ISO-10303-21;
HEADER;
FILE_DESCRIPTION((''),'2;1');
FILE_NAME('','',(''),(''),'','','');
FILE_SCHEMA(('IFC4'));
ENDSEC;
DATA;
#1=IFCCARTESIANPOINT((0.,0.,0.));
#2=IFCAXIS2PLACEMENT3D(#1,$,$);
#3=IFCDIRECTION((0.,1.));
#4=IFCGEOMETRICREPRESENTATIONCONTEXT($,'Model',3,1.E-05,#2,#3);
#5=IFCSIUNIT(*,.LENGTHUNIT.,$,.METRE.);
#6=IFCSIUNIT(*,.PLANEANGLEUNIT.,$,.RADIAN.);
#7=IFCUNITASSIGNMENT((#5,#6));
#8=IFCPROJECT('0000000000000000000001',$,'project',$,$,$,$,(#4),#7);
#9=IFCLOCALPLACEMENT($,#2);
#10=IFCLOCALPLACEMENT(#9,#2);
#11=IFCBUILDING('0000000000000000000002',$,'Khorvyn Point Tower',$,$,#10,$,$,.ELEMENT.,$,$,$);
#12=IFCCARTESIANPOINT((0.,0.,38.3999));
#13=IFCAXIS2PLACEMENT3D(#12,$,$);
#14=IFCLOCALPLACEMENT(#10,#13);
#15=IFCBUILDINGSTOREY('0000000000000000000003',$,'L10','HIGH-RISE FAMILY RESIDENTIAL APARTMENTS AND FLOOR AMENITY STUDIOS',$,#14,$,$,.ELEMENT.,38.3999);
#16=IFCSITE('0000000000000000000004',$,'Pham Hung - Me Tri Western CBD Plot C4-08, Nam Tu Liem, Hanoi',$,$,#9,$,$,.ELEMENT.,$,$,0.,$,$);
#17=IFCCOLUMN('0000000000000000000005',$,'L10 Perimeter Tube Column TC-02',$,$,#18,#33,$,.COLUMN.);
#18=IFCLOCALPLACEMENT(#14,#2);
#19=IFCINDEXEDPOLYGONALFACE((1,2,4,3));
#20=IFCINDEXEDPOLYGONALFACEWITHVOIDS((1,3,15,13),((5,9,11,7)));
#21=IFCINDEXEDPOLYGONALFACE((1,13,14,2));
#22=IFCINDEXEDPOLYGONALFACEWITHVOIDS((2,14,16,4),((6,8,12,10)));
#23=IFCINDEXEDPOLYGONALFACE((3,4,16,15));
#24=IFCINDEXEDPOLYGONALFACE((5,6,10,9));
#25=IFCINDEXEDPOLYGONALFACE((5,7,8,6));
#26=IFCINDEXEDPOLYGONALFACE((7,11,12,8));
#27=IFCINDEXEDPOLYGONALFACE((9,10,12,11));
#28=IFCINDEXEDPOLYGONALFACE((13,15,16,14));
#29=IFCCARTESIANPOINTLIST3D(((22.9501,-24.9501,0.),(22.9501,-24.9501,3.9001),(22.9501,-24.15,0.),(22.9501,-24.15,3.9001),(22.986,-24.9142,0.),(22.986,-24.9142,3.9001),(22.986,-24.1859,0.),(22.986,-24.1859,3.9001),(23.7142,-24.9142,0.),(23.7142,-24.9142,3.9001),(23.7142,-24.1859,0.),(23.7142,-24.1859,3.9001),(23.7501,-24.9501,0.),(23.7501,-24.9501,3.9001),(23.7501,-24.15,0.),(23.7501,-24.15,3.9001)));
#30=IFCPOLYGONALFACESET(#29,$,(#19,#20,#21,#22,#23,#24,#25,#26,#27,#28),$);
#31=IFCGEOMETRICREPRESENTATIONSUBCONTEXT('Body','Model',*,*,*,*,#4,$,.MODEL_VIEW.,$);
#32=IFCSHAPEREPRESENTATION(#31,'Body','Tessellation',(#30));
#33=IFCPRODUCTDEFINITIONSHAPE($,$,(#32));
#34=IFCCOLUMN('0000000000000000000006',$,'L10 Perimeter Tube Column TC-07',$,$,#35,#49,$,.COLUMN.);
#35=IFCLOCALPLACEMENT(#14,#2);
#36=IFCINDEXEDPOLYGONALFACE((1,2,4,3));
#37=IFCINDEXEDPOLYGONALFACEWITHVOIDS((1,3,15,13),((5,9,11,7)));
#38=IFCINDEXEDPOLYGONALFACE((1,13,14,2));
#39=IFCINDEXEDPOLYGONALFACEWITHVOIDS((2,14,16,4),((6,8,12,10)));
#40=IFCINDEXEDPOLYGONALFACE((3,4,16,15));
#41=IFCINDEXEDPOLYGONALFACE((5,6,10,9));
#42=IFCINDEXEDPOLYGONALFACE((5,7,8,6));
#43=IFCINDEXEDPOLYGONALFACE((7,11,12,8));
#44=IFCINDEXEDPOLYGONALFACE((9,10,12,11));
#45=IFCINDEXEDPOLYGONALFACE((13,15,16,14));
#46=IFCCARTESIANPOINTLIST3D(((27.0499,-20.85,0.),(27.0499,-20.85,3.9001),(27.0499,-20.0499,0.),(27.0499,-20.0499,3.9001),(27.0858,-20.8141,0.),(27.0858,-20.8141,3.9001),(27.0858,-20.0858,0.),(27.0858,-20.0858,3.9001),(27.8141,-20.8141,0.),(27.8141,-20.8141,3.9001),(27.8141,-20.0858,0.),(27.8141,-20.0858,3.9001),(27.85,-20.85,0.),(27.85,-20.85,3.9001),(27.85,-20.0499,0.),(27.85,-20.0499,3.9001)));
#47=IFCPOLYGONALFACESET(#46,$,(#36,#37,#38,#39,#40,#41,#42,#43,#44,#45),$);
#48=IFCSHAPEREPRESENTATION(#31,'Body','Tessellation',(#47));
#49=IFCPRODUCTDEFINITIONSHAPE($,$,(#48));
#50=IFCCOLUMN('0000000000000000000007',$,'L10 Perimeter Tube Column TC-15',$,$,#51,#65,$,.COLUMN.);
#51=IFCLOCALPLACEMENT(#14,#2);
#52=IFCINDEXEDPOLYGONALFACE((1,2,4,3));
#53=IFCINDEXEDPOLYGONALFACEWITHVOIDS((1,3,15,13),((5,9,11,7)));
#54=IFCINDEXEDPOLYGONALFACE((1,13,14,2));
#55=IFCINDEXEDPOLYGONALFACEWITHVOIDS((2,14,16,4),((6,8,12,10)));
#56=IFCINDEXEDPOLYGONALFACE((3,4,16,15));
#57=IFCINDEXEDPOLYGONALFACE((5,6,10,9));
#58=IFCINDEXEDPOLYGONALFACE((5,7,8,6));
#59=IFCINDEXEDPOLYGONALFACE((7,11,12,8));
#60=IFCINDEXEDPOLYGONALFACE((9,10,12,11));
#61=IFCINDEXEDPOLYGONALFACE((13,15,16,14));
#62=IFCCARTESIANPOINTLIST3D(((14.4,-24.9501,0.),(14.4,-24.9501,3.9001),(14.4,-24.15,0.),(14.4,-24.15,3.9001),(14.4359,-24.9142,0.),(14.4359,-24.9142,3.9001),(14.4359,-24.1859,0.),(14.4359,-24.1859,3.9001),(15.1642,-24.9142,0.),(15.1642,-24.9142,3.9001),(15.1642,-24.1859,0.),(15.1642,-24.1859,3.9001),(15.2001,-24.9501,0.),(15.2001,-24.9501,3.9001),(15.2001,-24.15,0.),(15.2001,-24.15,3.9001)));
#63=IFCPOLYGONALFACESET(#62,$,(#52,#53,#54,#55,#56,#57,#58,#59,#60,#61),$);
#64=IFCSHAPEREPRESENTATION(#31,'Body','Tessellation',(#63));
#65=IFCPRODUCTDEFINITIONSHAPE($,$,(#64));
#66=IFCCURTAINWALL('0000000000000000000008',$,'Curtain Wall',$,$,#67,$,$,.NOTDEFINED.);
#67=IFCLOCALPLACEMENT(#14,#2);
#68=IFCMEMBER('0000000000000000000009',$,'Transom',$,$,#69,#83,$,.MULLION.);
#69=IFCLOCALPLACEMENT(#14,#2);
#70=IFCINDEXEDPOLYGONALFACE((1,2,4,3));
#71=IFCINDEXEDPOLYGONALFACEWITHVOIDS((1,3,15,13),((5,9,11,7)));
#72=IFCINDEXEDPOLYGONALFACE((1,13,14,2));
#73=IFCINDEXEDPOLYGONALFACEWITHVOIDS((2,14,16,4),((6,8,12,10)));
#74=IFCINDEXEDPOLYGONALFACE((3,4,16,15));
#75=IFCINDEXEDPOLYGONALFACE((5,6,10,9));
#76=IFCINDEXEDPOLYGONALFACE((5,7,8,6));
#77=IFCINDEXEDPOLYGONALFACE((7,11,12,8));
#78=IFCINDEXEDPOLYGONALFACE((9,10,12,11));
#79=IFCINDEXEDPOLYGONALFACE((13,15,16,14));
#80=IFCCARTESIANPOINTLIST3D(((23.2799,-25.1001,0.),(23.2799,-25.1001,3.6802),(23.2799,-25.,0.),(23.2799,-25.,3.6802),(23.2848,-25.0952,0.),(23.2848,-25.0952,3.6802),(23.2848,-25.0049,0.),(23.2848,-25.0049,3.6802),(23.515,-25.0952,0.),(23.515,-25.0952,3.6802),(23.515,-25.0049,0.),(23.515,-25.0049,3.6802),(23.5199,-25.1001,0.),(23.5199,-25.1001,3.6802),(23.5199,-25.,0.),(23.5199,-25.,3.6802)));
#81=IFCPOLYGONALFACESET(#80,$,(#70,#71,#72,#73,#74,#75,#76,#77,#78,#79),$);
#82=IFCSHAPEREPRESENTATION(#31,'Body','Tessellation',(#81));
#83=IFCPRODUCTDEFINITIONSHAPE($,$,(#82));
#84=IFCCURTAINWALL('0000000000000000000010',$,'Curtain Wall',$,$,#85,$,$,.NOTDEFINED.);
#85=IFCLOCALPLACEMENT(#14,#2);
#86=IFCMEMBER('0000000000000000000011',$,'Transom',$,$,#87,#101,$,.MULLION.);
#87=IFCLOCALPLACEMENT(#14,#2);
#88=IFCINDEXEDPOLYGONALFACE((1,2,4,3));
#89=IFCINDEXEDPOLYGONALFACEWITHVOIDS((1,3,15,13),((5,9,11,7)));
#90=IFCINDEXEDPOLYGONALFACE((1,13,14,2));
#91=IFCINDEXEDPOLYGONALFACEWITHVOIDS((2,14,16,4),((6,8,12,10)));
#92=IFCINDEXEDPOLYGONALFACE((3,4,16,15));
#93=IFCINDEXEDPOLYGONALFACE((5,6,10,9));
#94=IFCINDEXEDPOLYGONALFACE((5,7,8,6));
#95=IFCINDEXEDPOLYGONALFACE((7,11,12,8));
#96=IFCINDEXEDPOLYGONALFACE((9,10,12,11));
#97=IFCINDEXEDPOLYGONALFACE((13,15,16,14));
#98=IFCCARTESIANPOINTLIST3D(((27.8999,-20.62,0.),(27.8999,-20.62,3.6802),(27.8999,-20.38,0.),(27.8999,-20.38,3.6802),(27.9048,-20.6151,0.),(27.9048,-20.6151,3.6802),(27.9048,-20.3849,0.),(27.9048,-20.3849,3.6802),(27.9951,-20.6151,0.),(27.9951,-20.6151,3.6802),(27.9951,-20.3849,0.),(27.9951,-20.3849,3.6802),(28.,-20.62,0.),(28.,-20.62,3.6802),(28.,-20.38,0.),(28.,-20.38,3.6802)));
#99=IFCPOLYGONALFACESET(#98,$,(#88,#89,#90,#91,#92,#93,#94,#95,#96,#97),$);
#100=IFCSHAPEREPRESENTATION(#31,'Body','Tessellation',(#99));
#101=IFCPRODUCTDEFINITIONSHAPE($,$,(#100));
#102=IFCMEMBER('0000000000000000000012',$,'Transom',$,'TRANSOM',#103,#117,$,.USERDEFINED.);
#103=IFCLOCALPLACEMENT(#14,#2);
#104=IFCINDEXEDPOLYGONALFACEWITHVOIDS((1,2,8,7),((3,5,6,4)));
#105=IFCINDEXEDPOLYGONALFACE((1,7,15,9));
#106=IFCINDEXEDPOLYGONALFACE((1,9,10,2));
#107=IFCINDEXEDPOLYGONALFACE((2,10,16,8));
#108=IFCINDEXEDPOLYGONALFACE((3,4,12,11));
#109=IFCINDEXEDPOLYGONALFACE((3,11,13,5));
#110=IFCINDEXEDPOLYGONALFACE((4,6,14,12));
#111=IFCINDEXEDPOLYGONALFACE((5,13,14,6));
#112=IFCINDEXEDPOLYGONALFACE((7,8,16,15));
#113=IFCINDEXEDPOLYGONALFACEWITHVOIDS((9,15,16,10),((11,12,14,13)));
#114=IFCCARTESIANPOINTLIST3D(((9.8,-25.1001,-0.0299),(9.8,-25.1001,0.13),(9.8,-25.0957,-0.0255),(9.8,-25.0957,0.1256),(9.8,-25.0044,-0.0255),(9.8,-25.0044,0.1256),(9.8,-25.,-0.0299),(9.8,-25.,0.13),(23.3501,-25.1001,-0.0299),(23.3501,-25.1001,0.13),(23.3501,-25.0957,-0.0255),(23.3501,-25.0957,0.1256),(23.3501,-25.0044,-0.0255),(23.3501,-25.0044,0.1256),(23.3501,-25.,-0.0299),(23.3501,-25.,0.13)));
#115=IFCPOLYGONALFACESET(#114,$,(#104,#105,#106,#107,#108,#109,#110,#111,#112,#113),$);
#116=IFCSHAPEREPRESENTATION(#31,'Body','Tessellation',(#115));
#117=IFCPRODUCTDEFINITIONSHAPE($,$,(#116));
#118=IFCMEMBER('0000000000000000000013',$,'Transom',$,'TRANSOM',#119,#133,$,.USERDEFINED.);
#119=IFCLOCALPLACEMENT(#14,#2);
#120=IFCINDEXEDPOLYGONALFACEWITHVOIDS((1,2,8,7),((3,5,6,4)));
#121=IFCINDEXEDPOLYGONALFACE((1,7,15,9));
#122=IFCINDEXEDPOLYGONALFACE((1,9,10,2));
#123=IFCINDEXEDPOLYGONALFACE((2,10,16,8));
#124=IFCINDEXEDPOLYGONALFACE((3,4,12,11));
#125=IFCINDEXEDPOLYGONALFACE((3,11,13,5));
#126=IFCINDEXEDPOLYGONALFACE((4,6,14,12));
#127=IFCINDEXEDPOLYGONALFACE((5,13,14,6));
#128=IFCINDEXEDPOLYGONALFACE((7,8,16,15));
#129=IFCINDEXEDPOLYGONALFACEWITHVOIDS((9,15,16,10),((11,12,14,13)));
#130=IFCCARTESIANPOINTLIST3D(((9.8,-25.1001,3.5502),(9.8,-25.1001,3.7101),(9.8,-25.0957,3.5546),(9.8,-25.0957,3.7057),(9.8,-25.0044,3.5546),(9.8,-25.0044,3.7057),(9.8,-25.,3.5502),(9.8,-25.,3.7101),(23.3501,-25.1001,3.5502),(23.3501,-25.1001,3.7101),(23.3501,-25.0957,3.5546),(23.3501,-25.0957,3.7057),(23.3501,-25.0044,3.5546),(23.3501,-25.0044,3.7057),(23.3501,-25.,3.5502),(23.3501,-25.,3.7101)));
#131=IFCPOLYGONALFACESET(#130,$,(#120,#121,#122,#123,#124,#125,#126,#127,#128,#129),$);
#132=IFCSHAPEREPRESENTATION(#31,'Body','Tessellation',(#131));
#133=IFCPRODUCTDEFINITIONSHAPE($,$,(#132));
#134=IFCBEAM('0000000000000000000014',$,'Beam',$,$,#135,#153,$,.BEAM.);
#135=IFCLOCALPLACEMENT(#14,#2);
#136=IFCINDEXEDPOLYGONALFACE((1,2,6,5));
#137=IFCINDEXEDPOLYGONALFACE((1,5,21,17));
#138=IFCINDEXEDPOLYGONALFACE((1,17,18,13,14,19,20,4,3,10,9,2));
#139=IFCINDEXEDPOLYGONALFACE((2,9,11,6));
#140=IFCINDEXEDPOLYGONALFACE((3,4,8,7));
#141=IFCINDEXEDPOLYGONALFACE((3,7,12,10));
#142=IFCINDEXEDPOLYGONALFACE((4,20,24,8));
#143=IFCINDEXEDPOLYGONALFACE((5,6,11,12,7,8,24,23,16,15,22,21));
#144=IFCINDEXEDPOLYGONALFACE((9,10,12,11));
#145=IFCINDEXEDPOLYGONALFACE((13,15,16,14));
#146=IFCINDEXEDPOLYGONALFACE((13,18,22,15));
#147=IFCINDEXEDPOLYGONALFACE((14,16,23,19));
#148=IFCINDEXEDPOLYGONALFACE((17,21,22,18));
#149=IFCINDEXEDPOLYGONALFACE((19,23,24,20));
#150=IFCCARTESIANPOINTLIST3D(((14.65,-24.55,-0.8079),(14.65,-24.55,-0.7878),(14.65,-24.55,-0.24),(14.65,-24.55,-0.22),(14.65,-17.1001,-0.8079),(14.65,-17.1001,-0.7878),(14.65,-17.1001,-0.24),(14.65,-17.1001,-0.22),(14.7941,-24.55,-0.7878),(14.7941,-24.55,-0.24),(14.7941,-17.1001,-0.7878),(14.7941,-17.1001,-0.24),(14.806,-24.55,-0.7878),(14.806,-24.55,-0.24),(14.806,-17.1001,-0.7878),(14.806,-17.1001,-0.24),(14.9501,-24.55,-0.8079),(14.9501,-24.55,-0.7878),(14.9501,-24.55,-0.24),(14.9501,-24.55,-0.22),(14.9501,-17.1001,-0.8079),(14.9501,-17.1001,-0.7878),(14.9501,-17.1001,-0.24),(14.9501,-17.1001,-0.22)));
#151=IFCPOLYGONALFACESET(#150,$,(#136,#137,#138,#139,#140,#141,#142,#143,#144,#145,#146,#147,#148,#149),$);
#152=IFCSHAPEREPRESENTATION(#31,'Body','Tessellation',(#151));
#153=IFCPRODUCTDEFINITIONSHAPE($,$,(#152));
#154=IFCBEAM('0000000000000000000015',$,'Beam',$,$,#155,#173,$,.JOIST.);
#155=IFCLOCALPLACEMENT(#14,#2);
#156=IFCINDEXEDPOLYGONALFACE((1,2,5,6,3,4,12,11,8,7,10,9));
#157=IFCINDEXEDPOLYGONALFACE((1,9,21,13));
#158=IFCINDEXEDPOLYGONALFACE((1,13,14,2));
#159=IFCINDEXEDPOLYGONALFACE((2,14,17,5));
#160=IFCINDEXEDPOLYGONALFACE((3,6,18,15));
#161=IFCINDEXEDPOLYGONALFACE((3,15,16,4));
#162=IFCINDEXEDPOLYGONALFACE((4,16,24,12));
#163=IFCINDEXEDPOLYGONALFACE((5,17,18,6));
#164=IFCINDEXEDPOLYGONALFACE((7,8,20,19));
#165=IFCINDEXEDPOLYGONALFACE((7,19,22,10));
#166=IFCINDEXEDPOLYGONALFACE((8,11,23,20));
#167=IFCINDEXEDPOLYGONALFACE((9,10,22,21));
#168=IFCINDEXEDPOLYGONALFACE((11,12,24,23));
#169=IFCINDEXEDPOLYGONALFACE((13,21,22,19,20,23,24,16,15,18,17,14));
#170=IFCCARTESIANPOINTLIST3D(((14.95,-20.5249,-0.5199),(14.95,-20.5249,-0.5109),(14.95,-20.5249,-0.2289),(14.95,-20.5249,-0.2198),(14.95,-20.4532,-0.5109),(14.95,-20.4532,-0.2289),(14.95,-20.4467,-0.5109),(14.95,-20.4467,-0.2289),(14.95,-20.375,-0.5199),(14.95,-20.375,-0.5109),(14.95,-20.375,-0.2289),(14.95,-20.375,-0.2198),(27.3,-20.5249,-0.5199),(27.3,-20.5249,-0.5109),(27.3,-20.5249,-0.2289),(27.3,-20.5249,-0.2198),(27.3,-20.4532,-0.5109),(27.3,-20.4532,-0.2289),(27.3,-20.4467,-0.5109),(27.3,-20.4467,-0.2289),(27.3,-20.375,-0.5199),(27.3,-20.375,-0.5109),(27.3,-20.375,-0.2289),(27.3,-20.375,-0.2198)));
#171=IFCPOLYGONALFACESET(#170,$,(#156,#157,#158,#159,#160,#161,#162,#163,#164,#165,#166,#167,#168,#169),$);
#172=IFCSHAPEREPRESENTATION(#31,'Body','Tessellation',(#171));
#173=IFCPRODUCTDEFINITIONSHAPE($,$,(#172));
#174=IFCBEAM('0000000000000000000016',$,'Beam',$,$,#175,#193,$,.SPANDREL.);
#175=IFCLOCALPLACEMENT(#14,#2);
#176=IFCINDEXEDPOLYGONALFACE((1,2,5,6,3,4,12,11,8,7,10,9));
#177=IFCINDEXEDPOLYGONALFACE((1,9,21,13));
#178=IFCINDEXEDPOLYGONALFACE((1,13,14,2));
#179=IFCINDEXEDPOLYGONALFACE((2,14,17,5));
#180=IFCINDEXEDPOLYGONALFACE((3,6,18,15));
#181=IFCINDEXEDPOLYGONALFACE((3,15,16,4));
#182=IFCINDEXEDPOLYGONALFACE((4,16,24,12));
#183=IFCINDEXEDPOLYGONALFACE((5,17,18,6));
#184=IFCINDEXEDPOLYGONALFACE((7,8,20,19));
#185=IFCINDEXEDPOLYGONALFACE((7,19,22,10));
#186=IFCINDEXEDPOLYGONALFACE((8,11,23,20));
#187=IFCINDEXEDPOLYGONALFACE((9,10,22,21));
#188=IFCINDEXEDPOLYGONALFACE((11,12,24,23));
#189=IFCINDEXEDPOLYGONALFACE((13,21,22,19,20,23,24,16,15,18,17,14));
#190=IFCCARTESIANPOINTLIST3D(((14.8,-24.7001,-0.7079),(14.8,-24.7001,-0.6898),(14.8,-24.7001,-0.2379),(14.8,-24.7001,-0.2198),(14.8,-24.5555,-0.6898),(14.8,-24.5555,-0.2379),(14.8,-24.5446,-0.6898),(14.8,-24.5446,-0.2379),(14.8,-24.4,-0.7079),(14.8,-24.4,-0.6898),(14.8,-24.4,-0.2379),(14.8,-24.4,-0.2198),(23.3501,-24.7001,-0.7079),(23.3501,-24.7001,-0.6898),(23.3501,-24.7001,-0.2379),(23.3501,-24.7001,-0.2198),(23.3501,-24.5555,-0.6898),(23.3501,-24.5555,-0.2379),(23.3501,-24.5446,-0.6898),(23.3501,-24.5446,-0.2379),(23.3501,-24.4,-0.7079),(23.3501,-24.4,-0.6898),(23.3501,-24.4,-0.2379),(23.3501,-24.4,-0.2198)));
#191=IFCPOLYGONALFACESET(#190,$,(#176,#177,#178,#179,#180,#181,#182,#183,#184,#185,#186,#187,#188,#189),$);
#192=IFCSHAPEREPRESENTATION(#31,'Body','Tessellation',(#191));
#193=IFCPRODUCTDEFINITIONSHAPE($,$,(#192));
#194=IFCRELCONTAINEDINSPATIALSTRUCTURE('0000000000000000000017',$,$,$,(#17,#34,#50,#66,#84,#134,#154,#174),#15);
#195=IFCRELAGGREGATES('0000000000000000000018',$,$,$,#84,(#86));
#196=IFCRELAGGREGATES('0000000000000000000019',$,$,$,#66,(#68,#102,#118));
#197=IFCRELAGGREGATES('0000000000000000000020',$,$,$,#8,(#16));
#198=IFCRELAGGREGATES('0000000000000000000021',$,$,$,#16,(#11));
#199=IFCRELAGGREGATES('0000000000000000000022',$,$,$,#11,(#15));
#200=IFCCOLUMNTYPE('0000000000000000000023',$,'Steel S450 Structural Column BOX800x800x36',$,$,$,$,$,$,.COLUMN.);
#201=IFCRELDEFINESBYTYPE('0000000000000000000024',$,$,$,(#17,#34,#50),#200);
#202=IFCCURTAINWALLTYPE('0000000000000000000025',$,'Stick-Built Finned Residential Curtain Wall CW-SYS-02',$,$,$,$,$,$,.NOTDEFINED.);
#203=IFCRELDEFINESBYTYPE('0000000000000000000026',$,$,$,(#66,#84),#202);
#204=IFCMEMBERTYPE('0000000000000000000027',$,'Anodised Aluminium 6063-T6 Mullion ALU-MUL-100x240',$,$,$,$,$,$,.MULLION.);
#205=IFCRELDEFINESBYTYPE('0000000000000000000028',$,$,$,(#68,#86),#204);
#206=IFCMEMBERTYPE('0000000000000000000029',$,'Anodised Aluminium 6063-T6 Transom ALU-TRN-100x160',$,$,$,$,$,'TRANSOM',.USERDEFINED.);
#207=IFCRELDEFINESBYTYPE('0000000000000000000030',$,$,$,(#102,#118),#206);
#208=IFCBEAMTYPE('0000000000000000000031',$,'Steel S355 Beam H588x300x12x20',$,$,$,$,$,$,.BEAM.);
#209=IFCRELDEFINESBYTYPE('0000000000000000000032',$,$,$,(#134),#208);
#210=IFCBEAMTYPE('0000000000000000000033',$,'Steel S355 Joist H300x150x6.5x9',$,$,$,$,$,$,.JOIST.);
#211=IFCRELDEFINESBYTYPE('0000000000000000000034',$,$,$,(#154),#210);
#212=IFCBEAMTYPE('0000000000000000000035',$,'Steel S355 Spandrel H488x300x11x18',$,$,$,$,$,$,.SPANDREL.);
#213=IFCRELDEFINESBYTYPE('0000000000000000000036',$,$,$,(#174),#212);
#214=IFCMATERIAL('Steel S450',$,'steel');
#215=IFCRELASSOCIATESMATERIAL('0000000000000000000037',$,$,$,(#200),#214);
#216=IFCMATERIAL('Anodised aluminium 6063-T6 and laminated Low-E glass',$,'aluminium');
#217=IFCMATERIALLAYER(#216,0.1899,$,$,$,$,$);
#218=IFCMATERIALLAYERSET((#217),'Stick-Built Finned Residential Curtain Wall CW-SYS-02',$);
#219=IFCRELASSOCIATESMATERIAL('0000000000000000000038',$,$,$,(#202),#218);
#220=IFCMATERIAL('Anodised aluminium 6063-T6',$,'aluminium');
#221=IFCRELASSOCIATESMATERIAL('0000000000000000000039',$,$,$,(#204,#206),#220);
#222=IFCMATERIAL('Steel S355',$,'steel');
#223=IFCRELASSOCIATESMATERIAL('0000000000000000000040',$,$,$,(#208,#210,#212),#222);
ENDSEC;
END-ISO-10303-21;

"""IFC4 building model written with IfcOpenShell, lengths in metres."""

from ifc_helpers import new_model, si_unit, direction, frame, origin, origin_2d, place, context, subcontext, project, spatial, hollow_rectangle, i_section, extrude, material, layer, layer_set, material_profile, profile_set, type_object, element, aggregate, save


model = new_model("IFC4")

# Units and contexts
model_context = context("Model", 3, precision=1e-05, world=origin(), true_north=direction((0.0, 1.0)))
body_context = subcontext(model_context, "Body", "Model", "MODEL_VIEW")
ifc_project = project(units=[si_unit("LENGTHUNIT", "METRE"), si_unit("PLANEANGLEUNIT", "RADIAN")], contexts=[model_context])

# Site, building, storey
site_placement = place(None, origin())
site = spatial("IfcSite", under=ifc_project, at=site_placement, Name="Pham Hung - Me Tri Western CBD Plot C4-08, Nam Tu Liem, Hanoi", CompositionType="ELEMENT", RefElevation=0.0)
building_placement = place(site_placement, origin())
building = spatial("IfcBuilding", under=site, at=building_placement, Name="Khorvyn Point Tower", CompositionType="ELEMENT")
storey_placement = place(building_placement, frame((0.0, 0.0, 38.3999)))
storey = spatial("IfcBuildingStorey", under=building, at=storey_placement, Name="L10", Description="HIGH-RISE FAMILY RESIDENTIAL APARTMENTS AND FLOOR AMENITY STUDIOS", CompositionType="ELEMENT", Elevation=38.3999)

# Columns
ifc_material_1 = material(Name="Steel S450", Category="steel")
ifc_material_profile_1 = material_profile(ifc_material_1, hollow_rectangle(XDim=0.8, YDim=0.8, WallThickness=0.0359, at=origin_2d()))
ifc_profile_set_1 = profile_set([ifc_material_profile_1], Name="Steel S450 BOX800x800x36")
column_type = type_object("IfcColumnType", Name="Steel S450 Structural Column BOX800x800x36", PredefinedType="COLUMN", material=ifc_profile_set_1)
for number, where, z_axis, x_axis, name in (
    (1, (23.3501, -24.55, 0.0), (0.0, 0.0, 1.0), (1.0, 0.0, 0.0), "L10 Perimeter Tube Column TC-02"),
    (2, (27.45, -20.45, 0.0), (0.0, 0.0, 1.0), (1.0, 0.0, 0.0), "L10 Perimeter Tube Column TC-07"),
    (3, (14.8, -24.55, 0.0), (0.0, 0.0, 1.0), (1.0, 0.0, 0.0), "L10 Perimeter Tube Column TC-15"),
):
    element("IfcColumn", number, at=place(storey_placement, frame(where, z_axis=z_axis, x_axis=x_axis)), inside=storey, type_object=column_type, Name=name, PredefinedType="COLUMN", context=body_context, shape_type="SweptSolid", body=[
        extrude(hollow_rectangle(XDim=0.8, YDim=0.8, WallThickness=0.0359, at=origin_2d()), origin(), (0.0, 0.0, 1.0), 3.9001),
    ])

# Curtain walls, members
ifc_material_2 = material(Name="Anodised aluminium 6063-T6 and laminated Low-E glass", Category="aluminium")
ifc_layer_1 = layer(ifc_material_2, 0.1899)
ifc_layer_set_1 = layer_set([ifc_layer_1], Name="Stick-Built Finned Residential Curtain Wall CW-SYS-02")
curtain_wall_type = type_object("IfcCurtainWallType", Name="Stick-Built Finned Residential Curtain Wall CW-SYS-02", PredefinedType="NOTDEFINED", material=ifc_layer_set_1)
curtain_wall_1_placement = place(storey_placement, origin())
curtain_wall_1 = element("IfcCurtainWall", 4, at=curtain_wall_1_placement, inside=storey, type_object=curtain_wall_type, Name="Curtain Wall", PredefinedType="NOTDEFINED")
ifc_material_3 = material(Name="Anodised aluminium 6063-T6", Category="aluminium")
ifc_material_profile_2 = material_profile(ifc_material_3, hollow_rectangle(XDim=0.1001, YDim=0.24, WallThickness=0.0049, at=origin_2d()))
ifc_profile_set_2 = profile_set([ifc_material_profile_2], Name="Anodised aluminium 6063-T6 ALU-MUL-100x240")
member_type_1 = type_object("IfcMemberType", Name="Anodised Aluminium 6063-T6 Mullion ALU-MUL-100x240", PredefinedType="MULLION", material=ifc_profile_set_2)
member_1_placement = place(storey_placement, frame((23.3999, -25.05, 0.0), z_axis=(0.0, 0.0, 1.0), x_axis=(0.0, -1.0, 0.0)))
member_1 = element("IfcMember", 5, at=member_1_placement, type_object=member_type_1, Name="Transom", PredefinedType="MULLION", context=body_context, shape_type="SweptSolid", body=[
    extrude(hollow_rectangle(XDim=0.1001, YDim=0.24, WallThickness=0.0049, at=origin_2d()), origin(), (0.0, 0.0, 1.0), 3.6802),
])
curtain_wall_2_placement = place(storey_placement, origin())
curtain_wall_2 = element("IfcCurtainWall", 6, at=curtain_wall_2_placement, inside=storey, type_object=curtain_wall_type, Name="Curtain Wall", PredefinedType="NOTDEFINED")
member_2_placement = place(storey_placement, frame((27.95, -20.5, 0.0), z_axis=(0.0, 0.0, 1.0), x_axis=(1.0, 0.0, 0.0)))
member_2 = element("IfcMember", 7, at=member_2_placement, type_object=member_type_1, Name="Transom", PredefinedType="MULLION", context=body_context, shape_type="SweptSolid", body=[
    extrude(hollow_rectangle(XDim=0.1001, YDim=0.24, WallThickness=0.0049, at=origin_2d()), origin(), (0.0, 0.0, 1.0), 3.6802),
])
aggregate(curtain_wall_2, [member_2])

# Members
ifc_material_profile_3 = material_profile(ifc_material_3, hollow_rectangle(XDim=0.1001, YDim=0.1599, WallThickness=0.0044, at=origin_2d()))
ifc_profile_set_3 = profile_set([ifc_material_profile_3], Name="Anodised aluminium 6063-T6 ALU-TRN-100x160")
member_type_2 = type_object("IfcMemberType", Name="Anodised Aluminium 6063-T6 Transom ALU-TRN-100x160", ElementType="TRANSOM", PredefinedType="USERDEFINED", material=ifc_profile_set_3)
member_3_placement = place(storey_placement, frame((23.3501, -25.05, 0.05), z_axis=(-1.0, 0.0, 0.0), x_axis=(0.0, -1.0, 0.0)))
member_3 = element("IfcMember", 8, at=member_3_placement, type_object=member_type_2, Name="Transom", ObjectType="TRANSOM", PredefinedType="USERDEFINED", context=body_context, shape_type="SweptSolid", body=[
    extrude(hollow_rectangle(XDim=0.1001, YDim=0.1599, WallThickness=0.0044, at=origin_2d()), origin(), (0.0, 0.0, 1.0), 13.55),
])
member_4_placement = place(storey_placement, frame((23.3501, -25.05, 3.6301), z_axis=(-1.0, 0.0, 0.0), x_axis=(0.0, -1.0, 0.0)))
member_4 = element("IfcMember", 9, at=member_4_placement, type_object=member_type_2, Name="Transom", ObjectType="TRANSOM", PredefinedType="USERDEFINED", context=body_context, shape_type="SweptSolid", body=[
    extrude(hollow_rectangle(XDim=0.1001, YDim=0.1599, WallThickness=0.0044, at=origin_2d()), origin(), (0.0, 0.0, 1.0), 13.55),
])

# Beams
ifc_material_4 = material(Name="Steel S355", Category="steel")
ifc_material_profile_4 = material_profile(ifc_material_4, i_section(OverallWidth=0.3, OverallDepth=0.5879, WebThickness=0.012, FlangeThickness=0.02, at=origin_2d()))
ifc_profile_set_4 = profile_set([ifc_material_profile_4], Name="Steel S355 H588x300x12x20")
beam_type_1 = type_object("IfcBeamType", Name="Steel S355 Beam H588x300x12x20", PredefinedType="BEAM", material=ifc_profile_set_4)
beam_1_placement = place(storey_placement, frame((14.8, -24.55, -0.5139), z_axis=(0.0, 1.0, 0.0), x_axis=(-1.0, 0.0, 0.0)))
element("IfcBeam", 10, at=beam_1_placement, inside=storey, type_object=beam_type_1, Name="Beam", PredefinedType="BEAM", context=body_context, shape_type="SweptSolid", body=[
    extrude(i_section(OverallWidth=0.3, OverallDepth=0.5879, WebThickness=0.012, FlangeThickness=0.02, at=origin_2d()), origin(), (0.0, 0.0, 1.0), 7.45),
])
ifc_material_profile_5 = material_profile(ifc_material_4, i_section(OverallWidth=0.1499, OverallDepth=0.3, WebThickness=0.0066, FlangeThickness=0.009, at=origin_2d()))
ifc_profile_set_5 = profile_set([ifc_material_profile_5], Name="Steel S355 H300x150x6.5x9")
beam_type_2 = type_object("IfcBeamType", Name="Steel S355 Joist H300x150x6.5x9", PredefinedType="JOIST", material=ifc_profile_set_5)
beam_2_placement = place(storey_placement, frame((14.95, -20.45, -0.3699), z_axis=(1.0, 0.0, 0.0), x_axis=(0.0, 1.0, 0.0)))
element("IfcBeam", 11, at=beam_2_placement, inside=storey, type_object=beam_type_2, Name="Beam", PredefinedType="JOIST", context=body_context, shape_type="SweptSolid", body=[
    extrude(i_section(OverallWidth=0.1499, OverallDepth=0.3, WebThickness=0.0066, FlangeThickness=0.009, at=origin_2d()), origin(), (0.0, 0.0, 1.0), 12.3501),
])
ifc_material_profile_6 = material_profile(ifc_material_4, i_section(OverallWidth=0.3, OverallDepth=0.488, WebThickness=0.011, FlangeThickness=0.0181, at=origin_2d()))
ifc_profile_set_6 = profile_set([ifc_material_profile_6], Name="Steel S355 H488x300x11x18")
beam_type_3 = type_object("IfcBeamType", Name="Steel S355 Spandrel H488x300x11x18", PredefinedType="SPANDREL", material=ifc_profile_set_6)
beam_3_placement = place(storey_placement, frame((14.8, -24.55, -0.4639), z_axis=(1.0, 0.0, 0.0), x_axis=(0.0, 1.0, 0.0)))
element("IfcBeam", 12, at=beam_3_placement, inside=storey, type_object=beam_type_3, Name="Beam", PredefinedType="SPANDREL", context=body_context, shape_type="SweptSolid", body=[
    extrude(i_section(OverallWidth=0.3, OverallDepth=0.488, WebThickness=0.011, FlangeThickness=0.0181, at=origin_2d()), origin(), (0.0, 0.0, 1.0), 8.55),
])

aggregate(curtain_wall_1, [member_1, member_3, member_4])

save(model, "model.ifc")
